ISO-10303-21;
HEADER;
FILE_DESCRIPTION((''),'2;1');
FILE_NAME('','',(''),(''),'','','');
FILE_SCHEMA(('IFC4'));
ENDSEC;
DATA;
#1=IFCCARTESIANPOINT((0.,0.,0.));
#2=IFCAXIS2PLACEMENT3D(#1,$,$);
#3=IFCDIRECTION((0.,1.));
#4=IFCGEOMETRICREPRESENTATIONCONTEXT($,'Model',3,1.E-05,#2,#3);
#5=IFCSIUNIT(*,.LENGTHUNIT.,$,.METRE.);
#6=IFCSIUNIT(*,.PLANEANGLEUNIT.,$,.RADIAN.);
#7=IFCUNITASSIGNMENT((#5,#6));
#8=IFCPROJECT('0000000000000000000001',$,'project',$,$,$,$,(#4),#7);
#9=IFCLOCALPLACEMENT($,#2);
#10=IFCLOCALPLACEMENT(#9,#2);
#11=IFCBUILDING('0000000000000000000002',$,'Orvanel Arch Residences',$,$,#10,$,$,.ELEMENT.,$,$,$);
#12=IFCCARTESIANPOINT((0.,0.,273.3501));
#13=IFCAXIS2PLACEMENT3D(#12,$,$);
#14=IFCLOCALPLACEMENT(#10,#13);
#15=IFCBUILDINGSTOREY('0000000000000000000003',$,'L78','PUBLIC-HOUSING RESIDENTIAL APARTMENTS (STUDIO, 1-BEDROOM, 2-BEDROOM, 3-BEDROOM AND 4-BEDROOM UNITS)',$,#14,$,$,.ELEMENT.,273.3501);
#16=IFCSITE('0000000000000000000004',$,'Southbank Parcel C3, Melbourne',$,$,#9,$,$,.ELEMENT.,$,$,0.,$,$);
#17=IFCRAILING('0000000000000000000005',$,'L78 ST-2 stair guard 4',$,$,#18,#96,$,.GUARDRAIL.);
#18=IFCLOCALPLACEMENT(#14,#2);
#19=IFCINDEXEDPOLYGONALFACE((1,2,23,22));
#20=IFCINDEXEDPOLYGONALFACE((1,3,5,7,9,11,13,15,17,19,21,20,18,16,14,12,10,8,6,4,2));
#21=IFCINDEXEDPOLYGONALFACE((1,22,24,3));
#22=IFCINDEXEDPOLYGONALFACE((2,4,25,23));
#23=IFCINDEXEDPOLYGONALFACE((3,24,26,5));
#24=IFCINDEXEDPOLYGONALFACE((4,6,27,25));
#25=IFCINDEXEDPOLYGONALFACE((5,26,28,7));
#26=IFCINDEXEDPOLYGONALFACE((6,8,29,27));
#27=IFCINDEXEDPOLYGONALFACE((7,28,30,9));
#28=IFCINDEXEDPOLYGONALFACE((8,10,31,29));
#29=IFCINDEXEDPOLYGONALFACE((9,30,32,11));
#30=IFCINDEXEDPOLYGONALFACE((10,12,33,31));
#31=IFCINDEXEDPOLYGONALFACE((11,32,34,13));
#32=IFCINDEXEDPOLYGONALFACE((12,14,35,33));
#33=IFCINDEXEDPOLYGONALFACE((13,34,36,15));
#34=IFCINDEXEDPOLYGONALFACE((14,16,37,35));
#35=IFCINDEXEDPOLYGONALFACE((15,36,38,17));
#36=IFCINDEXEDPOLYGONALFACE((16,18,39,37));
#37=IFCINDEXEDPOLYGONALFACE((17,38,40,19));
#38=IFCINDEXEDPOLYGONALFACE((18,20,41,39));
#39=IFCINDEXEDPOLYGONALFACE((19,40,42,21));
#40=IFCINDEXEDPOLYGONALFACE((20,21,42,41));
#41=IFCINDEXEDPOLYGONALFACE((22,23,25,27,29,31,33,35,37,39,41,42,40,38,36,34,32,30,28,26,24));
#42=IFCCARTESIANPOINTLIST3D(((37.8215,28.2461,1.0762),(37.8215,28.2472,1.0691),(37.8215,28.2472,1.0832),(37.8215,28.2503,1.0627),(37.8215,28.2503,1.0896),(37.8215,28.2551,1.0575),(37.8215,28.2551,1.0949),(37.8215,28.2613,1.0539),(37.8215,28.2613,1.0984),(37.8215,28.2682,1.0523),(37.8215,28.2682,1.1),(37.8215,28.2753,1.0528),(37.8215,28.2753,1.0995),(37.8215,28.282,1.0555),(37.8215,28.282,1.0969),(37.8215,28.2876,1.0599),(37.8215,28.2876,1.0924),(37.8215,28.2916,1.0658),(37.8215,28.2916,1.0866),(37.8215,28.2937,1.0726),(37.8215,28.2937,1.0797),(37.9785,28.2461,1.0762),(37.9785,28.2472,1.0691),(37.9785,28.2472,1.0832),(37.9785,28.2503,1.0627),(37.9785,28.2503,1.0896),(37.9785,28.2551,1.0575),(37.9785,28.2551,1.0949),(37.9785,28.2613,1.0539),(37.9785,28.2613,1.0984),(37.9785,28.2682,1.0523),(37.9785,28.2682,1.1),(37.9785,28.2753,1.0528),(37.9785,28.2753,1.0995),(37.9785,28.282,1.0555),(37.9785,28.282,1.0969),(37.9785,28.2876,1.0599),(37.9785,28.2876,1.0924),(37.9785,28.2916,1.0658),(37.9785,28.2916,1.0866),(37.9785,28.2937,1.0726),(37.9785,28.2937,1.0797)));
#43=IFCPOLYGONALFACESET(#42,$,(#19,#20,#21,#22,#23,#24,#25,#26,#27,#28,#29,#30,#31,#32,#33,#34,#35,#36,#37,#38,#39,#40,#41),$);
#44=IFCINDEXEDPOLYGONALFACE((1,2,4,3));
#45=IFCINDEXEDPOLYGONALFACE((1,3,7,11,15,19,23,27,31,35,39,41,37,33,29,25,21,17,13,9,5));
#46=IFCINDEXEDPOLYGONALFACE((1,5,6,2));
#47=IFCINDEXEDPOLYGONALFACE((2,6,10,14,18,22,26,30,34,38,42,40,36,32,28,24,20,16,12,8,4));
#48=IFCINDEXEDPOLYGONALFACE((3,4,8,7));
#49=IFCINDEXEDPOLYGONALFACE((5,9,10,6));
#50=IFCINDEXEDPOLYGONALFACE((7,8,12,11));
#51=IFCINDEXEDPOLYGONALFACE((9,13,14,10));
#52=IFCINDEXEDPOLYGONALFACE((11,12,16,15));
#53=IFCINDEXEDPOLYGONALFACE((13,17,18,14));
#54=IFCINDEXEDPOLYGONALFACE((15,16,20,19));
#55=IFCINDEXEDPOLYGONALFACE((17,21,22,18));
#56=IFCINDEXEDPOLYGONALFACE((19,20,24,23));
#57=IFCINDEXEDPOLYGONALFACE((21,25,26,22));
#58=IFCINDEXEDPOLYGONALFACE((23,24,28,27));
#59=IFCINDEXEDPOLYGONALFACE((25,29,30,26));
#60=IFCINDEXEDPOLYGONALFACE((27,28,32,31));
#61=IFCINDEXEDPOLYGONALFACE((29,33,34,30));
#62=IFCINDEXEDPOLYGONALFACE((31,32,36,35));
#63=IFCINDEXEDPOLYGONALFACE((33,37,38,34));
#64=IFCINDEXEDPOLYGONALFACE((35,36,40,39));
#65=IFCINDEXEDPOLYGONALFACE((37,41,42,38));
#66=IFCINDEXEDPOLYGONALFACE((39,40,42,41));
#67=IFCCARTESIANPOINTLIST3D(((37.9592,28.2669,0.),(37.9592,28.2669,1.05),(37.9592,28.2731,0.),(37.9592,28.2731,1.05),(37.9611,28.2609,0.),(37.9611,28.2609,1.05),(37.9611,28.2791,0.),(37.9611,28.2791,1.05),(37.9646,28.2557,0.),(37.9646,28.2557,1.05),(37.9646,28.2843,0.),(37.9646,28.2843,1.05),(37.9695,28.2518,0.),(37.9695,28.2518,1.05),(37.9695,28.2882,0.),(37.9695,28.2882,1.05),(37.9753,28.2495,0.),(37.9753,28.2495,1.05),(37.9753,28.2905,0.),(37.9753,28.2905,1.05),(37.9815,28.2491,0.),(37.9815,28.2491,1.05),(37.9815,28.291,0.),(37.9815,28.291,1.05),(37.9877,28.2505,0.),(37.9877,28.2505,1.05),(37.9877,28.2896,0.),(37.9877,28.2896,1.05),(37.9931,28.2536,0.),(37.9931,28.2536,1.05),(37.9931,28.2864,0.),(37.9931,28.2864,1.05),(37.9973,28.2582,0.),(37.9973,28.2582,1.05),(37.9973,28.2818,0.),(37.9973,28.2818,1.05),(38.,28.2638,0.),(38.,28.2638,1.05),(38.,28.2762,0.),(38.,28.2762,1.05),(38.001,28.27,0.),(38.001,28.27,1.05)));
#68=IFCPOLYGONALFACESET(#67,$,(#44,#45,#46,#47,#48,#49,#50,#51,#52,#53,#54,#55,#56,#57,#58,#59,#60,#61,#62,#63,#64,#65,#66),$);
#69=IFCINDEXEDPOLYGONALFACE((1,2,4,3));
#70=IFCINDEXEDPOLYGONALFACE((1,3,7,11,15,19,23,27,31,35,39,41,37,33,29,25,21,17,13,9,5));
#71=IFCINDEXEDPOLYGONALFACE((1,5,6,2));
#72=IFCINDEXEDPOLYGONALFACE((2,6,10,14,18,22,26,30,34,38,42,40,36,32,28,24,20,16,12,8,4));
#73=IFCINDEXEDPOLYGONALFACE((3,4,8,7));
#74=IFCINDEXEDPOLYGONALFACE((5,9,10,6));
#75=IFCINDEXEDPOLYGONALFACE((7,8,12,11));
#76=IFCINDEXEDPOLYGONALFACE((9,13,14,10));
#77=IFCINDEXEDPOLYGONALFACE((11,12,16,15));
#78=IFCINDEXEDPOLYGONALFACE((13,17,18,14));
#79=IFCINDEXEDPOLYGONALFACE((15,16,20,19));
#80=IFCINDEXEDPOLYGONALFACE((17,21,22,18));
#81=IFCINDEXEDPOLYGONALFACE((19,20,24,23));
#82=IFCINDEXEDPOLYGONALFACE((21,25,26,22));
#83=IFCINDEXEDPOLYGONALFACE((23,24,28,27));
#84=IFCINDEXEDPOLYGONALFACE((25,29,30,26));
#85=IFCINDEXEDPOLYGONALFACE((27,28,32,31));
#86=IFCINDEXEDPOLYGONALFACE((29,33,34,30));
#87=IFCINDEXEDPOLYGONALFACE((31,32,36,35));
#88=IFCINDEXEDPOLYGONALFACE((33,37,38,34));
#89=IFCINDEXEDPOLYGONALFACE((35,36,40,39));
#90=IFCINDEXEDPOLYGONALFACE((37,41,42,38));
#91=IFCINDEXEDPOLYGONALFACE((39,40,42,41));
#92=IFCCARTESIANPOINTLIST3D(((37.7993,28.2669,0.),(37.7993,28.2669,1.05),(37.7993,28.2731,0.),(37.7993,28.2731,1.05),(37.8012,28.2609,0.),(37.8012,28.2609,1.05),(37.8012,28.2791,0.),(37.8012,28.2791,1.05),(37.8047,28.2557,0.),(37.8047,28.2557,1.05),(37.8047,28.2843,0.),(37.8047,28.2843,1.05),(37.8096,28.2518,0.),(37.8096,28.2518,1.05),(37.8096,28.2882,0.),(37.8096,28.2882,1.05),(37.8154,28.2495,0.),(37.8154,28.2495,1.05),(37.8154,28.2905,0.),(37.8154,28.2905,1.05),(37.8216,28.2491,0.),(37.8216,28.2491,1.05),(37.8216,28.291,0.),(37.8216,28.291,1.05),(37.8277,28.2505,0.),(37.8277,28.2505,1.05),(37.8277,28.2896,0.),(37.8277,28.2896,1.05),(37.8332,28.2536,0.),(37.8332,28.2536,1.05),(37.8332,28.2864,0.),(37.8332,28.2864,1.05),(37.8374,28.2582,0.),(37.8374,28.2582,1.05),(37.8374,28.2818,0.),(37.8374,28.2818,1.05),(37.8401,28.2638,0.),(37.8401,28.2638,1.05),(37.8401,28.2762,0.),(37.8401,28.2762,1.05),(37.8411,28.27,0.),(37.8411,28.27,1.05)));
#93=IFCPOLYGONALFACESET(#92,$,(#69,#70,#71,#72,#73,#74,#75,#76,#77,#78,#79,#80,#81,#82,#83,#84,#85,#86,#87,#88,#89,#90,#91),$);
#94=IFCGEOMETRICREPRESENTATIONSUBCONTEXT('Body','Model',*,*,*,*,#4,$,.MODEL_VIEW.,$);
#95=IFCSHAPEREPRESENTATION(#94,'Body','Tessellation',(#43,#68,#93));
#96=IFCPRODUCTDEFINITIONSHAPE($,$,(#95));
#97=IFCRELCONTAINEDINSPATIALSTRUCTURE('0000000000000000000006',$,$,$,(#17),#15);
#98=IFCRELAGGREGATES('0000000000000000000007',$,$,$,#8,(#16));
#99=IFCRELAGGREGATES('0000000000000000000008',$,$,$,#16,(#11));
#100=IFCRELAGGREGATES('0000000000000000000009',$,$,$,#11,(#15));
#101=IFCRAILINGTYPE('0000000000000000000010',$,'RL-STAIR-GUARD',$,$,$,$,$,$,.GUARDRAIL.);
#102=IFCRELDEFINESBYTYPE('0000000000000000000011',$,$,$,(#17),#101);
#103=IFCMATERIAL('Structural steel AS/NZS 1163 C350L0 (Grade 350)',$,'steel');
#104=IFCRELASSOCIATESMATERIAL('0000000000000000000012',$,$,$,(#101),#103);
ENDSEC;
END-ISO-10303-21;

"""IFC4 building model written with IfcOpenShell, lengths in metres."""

from ifc_helpers import new_model, si_unit, direction, frame, origin, origin_2d, place, context, subcontext, project, spatial, circle, extrude, material, type_object, element, save


model = new_model("IFC4")

# Units and contexts
model_context = context("Model", 3, precision=1e-05, world=origin(), true_north=direction((0.0, 1.0)))
body_context = subcontext(model_context, "Body", "Model", "MODEL_VIEW")
ifc_project = project(units=[si_unit("LENGTHUNIT", "METRE"), si_unit("PLANEANGLEUNIT", "RADIAN")], contexts=[model_context])

# Site, building, storey
site_placement = place(None, origin())
site = spatial("IfcSite", under=ifc_project, at=site_placement, Name="Southbank Parcel C3, Melbourne", CompositionType="ELEMENT", RefElevation=0.0)
building_placement = place(site_placement, origin())
building = spatial("IfcBuilding", under=site, at=building_placement, Name="Orvanel Arch Residences", CompositionType="ELEMENT")
storey_placement = place(building_placement, frame((0.0, 0.0, 273.3501)))
storey = spatial("IfcBuildingStorey", under=building, at=storey_placement, Name="L78", Description="PUBLIC-HOUSING RESIDENTIAL APARTMENTS (STUDIO, 1-BEDROOM, 2-BEDROOM, 3-BEDROOM AND 4-BEDROOM UNITS)", CompositionType="ELEMENT", Elevation=273.3501)

# Railing
ifc_material_1 = material(Name="Structural steel AS/NZS 1163 C350L0 (Grade 350)", Category="steel")
railing_type_1 = type_object("IfcRailingType", Name="RL-STAIR-GUARD", PredefinedType="GUARDRAIL", material=ifc_material_1)
railing_1_placement = place(storey_placement, frame((37.98, 28.27, 0.0)))
element("IfcRailing", 1, at=railing_1_placement, inside=storey, type_object=railing_type_1, Name="L78 ST-2 stair guard 4", PredefinedType="GUARDRAIL", context=body_context, shape_type="SweptSolid", body=[
    extrude(circle(Radius=0.0239, at=origin_2d()), frame((-0.0015, 0.0, 1.0762), z_axis=(-1.0, 0.0, 0.0), x_axis=(0.0, -1.0, 0.0)), (0.0, 0.0, 1.0), 0.157),
    extrude(circle(Radius=0.021, at=origin_2d()), origin(), (0.0, 0.0, 1.0), 1.05),
    extrude(circle(Radius=0.021, at=origin_2d()), frame((-0.1599, 0.0, 0.0)), (0.0, 0.0, 1.0), 1.05),
])

save(model, "model.ifc")
